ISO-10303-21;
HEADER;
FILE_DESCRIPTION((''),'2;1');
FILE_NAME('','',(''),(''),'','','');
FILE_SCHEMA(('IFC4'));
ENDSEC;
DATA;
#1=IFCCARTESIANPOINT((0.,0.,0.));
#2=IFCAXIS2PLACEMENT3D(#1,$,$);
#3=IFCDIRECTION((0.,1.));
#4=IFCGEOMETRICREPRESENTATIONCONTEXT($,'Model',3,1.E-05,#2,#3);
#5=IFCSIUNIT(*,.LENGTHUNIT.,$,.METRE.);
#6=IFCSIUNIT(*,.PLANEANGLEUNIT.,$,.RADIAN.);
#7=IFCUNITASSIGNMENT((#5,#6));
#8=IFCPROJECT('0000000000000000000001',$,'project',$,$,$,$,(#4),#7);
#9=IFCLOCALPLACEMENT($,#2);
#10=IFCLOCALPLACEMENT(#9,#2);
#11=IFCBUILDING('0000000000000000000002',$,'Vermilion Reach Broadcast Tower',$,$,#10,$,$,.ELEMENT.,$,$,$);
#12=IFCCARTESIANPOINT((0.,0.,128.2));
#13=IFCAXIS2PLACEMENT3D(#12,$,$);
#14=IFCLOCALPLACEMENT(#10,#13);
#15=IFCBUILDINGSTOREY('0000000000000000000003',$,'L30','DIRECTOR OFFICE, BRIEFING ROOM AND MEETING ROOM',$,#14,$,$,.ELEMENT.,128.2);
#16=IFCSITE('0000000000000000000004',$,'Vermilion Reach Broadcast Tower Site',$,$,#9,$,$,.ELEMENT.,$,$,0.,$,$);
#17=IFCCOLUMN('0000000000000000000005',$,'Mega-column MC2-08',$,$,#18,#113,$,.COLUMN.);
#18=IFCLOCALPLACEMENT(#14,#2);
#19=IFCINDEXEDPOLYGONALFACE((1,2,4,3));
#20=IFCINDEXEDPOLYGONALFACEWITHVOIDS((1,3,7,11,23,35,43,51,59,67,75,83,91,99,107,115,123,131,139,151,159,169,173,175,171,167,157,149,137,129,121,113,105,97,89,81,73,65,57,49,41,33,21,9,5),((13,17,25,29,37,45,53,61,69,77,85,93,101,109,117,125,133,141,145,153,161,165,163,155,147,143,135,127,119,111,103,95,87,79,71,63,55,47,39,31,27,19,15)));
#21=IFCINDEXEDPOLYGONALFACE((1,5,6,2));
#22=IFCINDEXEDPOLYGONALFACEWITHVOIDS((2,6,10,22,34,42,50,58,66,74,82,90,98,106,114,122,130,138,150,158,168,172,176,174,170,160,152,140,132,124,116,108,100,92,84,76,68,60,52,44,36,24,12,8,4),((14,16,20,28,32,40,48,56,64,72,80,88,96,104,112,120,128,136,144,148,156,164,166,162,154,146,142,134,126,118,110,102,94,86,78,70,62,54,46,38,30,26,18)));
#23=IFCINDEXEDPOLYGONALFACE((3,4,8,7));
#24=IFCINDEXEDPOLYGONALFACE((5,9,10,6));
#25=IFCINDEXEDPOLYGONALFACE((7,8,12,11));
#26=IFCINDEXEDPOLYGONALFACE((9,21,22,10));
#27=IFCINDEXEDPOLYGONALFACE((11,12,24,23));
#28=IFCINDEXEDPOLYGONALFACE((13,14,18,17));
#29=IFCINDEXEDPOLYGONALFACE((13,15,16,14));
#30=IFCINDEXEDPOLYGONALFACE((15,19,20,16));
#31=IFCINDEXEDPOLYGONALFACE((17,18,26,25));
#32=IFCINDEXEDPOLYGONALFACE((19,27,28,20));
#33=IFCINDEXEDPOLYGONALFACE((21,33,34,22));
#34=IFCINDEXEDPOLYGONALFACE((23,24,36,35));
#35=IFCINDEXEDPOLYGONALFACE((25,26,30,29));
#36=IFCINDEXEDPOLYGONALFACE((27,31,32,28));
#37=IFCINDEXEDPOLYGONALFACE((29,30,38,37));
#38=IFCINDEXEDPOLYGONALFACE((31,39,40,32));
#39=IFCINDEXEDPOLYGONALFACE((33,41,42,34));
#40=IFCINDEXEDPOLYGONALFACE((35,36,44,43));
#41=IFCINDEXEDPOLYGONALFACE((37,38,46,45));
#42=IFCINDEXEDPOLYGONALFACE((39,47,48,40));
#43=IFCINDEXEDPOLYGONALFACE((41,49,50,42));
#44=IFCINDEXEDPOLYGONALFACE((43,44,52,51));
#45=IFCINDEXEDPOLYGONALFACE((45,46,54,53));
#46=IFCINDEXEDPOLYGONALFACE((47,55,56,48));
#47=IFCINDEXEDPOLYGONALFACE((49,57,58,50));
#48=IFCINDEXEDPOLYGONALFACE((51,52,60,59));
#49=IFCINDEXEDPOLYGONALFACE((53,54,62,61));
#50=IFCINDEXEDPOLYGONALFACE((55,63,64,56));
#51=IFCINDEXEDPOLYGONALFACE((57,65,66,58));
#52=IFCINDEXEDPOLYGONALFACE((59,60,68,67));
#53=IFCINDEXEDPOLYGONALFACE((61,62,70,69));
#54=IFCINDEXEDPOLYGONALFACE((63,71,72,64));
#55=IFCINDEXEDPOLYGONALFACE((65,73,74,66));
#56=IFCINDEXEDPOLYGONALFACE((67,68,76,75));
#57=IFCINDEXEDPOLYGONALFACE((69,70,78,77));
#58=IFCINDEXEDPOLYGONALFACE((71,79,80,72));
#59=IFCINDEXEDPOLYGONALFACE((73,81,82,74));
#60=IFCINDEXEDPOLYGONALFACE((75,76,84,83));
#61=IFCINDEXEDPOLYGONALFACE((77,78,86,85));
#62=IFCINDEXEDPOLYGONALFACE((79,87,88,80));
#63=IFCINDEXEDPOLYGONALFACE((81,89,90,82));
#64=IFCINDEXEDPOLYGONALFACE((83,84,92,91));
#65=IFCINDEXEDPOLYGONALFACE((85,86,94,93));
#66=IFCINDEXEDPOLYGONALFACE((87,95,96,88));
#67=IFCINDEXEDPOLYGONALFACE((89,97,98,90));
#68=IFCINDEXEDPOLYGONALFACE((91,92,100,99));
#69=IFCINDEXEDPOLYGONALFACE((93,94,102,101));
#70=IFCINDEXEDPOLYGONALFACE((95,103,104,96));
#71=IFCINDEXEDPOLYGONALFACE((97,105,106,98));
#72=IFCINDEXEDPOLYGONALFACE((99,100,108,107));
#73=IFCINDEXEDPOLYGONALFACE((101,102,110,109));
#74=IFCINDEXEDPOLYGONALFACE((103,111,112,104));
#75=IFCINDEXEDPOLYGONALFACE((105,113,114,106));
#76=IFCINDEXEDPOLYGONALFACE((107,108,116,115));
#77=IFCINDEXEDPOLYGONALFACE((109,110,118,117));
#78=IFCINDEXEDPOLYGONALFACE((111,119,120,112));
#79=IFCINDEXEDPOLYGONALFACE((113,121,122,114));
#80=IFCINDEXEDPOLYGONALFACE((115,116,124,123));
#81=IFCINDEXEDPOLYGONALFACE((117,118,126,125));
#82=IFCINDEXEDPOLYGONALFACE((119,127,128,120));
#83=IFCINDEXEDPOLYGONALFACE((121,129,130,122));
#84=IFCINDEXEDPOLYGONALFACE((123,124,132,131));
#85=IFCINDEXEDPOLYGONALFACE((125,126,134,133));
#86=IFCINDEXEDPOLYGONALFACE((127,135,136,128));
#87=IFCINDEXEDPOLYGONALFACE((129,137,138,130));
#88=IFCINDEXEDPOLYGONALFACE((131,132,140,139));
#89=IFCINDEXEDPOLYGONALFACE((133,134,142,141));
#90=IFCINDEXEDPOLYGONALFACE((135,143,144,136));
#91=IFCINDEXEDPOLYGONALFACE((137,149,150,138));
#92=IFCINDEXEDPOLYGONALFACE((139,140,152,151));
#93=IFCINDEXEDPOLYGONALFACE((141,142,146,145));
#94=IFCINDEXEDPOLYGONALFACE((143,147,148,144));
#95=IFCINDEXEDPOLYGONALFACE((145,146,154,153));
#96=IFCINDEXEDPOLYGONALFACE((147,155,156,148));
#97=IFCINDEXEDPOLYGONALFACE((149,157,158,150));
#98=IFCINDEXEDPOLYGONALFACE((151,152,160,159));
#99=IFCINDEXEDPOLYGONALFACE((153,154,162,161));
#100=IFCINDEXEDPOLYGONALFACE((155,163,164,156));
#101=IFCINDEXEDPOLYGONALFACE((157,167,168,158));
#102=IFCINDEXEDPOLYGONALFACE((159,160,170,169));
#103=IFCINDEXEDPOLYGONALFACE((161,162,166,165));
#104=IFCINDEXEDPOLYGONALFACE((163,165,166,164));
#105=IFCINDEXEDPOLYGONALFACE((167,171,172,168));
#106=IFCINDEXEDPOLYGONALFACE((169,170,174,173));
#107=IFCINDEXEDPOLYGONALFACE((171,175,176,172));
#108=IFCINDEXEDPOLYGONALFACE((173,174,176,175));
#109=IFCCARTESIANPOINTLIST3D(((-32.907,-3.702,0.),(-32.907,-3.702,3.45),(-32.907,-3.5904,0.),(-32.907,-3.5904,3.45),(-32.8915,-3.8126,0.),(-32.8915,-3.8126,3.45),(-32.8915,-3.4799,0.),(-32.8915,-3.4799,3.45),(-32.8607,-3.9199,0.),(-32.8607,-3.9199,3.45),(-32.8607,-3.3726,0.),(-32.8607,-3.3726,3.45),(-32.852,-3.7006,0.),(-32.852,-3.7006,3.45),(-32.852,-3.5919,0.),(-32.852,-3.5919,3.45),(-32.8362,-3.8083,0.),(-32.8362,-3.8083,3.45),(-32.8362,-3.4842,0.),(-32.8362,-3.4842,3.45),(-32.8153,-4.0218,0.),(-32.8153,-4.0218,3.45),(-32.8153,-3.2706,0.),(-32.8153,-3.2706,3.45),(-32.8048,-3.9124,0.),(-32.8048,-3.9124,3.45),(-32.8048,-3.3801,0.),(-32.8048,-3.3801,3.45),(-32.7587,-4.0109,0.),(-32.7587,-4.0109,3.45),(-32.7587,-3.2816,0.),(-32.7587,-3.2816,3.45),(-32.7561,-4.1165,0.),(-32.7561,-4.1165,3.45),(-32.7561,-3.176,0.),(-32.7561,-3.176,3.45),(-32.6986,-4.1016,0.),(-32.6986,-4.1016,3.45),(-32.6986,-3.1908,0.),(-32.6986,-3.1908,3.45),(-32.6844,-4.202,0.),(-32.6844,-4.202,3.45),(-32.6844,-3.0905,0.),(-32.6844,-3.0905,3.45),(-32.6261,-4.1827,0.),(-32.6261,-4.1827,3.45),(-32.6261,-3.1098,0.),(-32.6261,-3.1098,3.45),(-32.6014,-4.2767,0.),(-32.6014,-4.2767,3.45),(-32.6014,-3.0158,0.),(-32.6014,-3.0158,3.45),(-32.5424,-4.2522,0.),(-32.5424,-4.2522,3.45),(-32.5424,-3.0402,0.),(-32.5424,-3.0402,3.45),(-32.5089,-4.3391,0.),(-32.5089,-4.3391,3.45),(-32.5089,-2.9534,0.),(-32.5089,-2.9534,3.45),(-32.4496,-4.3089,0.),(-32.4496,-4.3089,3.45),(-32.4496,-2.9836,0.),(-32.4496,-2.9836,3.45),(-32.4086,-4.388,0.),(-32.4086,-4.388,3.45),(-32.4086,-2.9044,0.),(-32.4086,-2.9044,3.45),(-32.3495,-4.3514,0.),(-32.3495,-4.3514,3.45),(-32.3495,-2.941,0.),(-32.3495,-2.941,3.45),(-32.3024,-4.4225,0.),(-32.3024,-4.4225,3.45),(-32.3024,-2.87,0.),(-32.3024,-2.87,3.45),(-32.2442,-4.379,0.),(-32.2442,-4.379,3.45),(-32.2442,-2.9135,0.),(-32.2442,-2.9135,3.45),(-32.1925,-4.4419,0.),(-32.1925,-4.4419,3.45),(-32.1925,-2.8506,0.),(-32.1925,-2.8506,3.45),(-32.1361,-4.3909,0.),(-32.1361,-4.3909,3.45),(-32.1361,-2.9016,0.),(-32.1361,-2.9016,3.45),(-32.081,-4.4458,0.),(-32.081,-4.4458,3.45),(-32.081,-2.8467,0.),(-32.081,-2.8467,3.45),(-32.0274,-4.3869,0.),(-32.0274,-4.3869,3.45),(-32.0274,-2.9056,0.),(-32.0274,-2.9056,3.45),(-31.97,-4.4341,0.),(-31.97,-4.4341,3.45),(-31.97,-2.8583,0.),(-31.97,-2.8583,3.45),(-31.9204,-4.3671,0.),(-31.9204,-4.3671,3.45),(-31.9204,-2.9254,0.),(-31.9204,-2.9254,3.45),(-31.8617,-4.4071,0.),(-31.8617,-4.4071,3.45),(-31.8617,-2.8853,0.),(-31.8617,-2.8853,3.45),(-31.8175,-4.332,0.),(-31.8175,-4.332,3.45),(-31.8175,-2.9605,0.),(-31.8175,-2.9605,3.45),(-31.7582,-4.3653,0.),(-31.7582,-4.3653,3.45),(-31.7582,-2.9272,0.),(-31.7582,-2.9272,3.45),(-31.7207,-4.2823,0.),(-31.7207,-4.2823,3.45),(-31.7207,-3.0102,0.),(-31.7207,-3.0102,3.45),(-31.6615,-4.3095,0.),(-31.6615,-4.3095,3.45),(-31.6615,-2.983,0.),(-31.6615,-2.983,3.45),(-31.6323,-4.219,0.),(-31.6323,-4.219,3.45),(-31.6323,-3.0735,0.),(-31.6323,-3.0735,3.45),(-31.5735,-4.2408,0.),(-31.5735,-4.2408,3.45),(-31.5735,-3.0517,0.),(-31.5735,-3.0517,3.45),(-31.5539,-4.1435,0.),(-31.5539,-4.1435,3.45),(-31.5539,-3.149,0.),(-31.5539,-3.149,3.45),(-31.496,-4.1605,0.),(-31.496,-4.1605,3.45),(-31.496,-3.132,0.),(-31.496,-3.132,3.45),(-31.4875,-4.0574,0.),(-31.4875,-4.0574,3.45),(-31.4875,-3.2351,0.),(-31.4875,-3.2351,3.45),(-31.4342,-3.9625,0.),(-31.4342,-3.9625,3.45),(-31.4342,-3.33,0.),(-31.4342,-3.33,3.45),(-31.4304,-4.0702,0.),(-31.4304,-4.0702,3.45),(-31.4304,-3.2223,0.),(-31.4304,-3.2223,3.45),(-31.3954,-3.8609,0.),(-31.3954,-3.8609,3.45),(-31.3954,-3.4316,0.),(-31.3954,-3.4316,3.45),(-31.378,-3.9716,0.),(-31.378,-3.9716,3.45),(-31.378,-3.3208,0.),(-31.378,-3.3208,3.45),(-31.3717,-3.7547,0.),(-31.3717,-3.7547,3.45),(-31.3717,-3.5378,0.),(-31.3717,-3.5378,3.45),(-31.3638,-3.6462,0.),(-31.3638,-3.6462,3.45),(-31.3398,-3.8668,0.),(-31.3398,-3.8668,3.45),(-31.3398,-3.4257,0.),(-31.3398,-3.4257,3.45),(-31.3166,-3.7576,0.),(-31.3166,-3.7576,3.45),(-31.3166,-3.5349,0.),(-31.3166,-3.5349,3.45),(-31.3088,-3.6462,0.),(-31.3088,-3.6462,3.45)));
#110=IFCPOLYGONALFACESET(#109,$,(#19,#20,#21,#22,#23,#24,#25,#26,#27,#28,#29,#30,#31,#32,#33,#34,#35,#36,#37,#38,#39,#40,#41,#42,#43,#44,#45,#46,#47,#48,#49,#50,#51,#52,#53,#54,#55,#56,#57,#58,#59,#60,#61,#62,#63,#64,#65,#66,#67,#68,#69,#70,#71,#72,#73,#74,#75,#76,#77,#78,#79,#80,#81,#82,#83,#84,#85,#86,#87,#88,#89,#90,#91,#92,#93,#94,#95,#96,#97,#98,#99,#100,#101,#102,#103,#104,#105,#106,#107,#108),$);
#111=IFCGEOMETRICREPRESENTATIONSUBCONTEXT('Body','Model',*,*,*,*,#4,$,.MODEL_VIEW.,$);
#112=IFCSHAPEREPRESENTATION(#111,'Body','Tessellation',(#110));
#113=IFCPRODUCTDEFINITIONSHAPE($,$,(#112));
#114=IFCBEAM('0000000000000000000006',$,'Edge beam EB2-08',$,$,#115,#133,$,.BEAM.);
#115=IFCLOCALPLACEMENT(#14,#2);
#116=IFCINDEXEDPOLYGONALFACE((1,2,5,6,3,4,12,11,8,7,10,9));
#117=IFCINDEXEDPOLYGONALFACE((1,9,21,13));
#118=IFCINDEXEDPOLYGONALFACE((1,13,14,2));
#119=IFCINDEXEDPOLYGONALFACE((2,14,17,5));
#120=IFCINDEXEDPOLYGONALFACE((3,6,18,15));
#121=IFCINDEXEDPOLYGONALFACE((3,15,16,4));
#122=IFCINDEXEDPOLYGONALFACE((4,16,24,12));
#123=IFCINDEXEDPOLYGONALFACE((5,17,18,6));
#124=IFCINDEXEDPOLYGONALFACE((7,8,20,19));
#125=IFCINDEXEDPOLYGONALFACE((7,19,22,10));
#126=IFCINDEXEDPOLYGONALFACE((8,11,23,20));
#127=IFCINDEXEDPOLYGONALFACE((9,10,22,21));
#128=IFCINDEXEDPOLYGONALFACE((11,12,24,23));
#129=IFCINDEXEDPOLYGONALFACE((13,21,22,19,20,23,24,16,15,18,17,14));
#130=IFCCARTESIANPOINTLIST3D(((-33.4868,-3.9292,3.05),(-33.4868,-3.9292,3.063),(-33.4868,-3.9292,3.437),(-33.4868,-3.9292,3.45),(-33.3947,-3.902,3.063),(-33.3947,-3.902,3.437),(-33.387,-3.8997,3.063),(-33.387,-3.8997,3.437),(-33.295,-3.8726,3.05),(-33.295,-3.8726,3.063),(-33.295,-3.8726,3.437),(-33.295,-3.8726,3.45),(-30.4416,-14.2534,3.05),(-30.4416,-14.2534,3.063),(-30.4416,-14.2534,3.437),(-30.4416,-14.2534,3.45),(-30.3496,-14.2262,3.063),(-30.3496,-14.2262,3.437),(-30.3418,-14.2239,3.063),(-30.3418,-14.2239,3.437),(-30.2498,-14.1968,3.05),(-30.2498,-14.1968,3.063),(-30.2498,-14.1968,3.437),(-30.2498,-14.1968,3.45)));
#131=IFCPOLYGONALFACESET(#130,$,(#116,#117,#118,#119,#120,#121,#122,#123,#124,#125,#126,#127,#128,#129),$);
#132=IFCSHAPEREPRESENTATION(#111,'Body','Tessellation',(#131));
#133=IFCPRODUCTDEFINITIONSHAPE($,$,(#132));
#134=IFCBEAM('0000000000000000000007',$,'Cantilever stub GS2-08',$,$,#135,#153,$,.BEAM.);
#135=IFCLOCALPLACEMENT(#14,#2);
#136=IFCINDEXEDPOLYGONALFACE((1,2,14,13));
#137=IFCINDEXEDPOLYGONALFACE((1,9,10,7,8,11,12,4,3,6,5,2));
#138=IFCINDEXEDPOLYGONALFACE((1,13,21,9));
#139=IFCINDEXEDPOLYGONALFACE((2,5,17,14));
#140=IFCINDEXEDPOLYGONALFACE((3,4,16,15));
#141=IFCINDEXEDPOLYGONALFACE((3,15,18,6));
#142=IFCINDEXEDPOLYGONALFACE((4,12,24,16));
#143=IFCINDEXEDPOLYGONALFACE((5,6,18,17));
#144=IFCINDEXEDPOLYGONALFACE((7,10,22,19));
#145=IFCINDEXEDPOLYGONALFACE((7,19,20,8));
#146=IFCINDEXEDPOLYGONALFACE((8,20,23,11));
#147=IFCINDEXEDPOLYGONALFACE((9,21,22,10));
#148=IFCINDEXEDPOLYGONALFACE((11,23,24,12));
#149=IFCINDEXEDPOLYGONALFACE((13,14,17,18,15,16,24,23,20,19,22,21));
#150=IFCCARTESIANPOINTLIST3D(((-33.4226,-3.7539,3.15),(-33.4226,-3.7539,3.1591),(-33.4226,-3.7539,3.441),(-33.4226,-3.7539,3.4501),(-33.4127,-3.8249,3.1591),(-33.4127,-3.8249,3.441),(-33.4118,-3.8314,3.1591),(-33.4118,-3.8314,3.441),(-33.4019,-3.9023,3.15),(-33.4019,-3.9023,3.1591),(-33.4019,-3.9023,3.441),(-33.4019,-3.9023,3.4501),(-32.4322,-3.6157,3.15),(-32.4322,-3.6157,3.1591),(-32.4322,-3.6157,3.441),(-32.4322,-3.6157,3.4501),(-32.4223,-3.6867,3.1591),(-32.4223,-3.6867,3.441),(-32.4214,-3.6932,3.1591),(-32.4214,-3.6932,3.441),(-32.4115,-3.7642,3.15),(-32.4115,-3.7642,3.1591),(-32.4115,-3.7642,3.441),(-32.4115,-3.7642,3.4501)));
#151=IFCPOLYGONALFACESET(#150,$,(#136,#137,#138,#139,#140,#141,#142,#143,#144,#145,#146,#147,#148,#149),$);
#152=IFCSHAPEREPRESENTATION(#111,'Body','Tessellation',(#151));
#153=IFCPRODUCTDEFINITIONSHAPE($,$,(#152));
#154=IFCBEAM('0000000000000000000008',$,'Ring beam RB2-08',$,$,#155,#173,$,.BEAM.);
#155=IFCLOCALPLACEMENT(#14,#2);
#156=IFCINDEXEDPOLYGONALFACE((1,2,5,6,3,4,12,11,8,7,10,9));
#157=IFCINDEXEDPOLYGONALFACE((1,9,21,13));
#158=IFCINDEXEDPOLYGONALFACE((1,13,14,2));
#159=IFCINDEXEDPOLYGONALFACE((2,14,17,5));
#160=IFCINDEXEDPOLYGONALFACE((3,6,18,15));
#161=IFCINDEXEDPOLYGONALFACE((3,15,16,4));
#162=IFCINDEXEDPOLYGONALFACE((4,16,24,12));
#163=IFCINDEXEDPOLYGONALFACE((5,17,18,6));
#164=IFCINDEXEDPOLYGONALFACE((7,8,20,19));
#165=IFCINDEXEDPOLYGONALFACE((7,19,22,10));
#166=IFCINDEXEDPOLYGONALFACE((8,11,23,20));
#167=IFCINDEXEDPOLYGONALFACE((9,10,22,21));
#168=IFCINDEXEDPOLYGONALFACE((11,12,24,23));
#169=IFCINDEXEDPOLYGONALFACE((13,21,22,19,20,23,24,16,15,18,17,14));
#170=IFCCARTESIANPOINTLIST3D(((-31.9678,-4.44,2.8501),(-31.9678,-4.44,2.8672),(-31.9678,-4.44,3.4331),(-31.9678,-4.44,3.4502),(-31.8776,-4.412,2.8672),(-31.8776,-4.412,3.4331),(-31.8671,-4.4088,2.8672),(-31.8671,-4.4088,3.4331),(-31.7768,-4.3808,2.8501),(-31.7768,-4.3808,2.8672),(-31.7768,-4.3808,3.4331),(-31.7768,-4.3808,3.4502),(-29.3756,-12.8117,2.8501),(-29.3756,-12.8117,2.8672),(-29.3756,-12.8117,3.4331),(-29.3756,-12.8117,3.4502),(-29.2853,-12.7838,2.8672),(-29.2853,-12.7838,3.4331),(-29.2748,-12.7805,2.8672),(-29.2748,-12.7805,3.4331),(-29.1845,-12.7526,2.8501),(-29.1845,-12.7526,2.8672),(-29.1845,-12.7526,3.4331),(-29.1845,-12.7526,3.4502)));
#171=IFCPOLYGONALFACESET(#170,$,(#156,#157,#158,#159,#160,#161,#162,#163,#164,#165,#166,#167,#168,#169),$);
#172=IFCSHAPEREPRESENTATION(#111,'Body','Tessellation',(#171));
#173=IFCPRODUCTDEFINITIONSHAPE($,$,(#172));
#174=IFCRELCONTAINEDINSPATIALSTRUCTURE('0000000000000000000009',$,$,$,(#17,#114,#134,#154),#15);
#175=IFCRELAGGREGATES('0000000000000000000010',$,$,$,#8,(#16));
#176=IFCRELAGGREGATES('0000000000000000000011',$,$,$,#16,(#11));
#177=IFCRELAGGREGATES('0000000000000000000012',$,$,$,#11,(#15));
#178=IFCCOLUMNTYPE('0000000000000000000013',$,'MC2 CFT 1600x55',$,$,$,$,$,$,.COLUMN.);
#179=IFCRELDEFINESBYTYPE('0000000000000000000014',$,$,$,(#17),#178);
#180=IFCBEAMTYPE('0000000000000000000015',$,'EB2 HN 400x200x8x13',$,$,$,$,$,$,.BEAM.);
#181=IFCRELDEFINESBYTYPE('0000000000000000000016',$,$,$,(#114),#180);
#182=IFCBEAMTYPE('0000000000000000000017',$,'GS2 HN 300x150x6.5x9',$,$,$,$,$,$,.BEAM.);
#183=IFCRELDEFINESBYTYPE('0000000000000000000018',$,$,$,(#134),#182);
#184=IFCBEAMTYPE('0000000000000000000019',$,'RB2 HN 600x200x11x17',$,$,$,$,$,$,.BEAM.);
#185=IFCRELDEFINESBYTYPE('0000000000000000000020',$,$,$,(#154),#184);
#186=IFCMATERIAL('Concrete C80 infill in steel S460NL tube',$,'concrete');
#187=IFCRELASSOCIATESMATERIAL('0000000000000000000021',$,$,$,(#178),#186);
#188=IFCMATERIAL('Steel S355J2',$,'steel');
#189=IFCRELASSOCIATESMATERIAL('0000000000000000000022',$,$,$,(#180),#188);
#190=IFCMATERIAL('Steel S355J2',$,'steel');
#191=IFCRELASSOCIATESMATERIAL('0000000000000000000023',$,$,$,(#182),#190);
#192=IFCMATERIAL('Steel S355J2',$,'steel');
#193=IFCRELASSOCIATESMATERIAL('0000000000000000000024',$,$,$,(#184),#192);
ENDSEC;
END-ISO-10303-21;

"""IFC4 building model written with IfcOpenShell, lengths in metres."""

from ifc_helpers import new_model, si_unit, direction, frame, origin, origin_2d, place, context, subcontext, project, spatial, hollow_circle, i_section, extrude, material, material_profile, profile_set, type_object, element, save


model = new_model("IFC4")

# Units and contexts
model_context = context("Model", 3, precision=1e-05, world=origin(), true_north=direction((0.0, 1.0)))
body_context = subcontext(model_context, "Body", "Model", "MODEL_VIEW")
ifc_project = project(units=[si_unit("LENGTHUNIT", "METRE"), si_unit("PLANEANGLEUNIT", "RADIAN")], contexts=[model_context])

# Site, building, storey
site_placement = place(None, origin())
site = spatial("IfcSite", under=ifc_project, at=site_placement, Name="Vermilion Reach Broadcast Tower Site", CompositionType="ELEMENT", RefElevation=0.0)
building_placement = place(site_placement, origin())
building = spatial("IfcBuilding", under=site, at=building_placement, Name="Vermilion Reach Broadcast Tower", CompositionType="ELEMENT")
storey_placement = place(building_placement, frame((0.0, 0.0, 128.2)))
storey = spatial("IfcBuildingStorey", under=building, at=storey_placement, Name="L30", Description="DIRECTOR OFFICE, BRIEFING ROOM AND MEETING ROOM", CompositionType="ELEMENT", Elevation=128.2)

# Column
ifc_material_1 = material(Name="Concrete C80 infill in steel S460NL tube", Category="concrete")
ifc_material_profile_1 = material_profile(ifc_material_1, hollow_circle(Radius=0.8, WallThickness=0.0549, at=origin_2d()), Name="Concrete C80 infill in steel S460NL tube CFT 1600x55")
ifc_profile_set_1 = profile_set([ifc_material_profile_1], Name="Concrete C80 infill in steel S460NL tube")
column_type = type_object("IfcColumnType", Name="MC2 CFT 1600x55", PredefinedType="COLUMN", material=ifc_profile_set_1)
column_placement = place(storey_placement, frame((-32.1089, -3.6462, 0.0), z_axis=(0.0, 0.0, 1.0), x_axis=(1.0, 0.0, 0.0)))
element("IfcColumn", 1, at=column_placement, inside=storey, type_object=column_type, Name="Mega-column MC2-08", PredefinedType="COLUMN", context=body_context, shape_type="SweptSolid", body=[
    extrude(hollow_circle(Radius=0.8, WallThickness=0.0549, at=origin_2d()), origin(), (0.0, 0.0, 1.0), 3.45),
])

# Beams
ifc_material_2 = material(Name="Steel S355J2", Category="steel")
ifc_material_profile_2 = material_profile(ifc_material_2, i_section(OverallWidth=0.2, OverallDepth=0.3999, WebThickness=0.0081, FlangeThickness=0.0129, at=origin_2d()), Name="S355J2 HN 400x200x8x13")
ifc_profile_set_2 = profile_set([ifc_material_profile_2], Name="Steel S355J2")
beam_type_1 = type_object("IfcBeamType", Name="EB2 HN 400x200x8x13", PredefinedType="BEAM", material=ifc_profile_set_2)
beam_1_placement = place(storey_placement, frame((-33.3909, -3.9009, 3.25), z_axis=(0.282904, -0.959148, 0.0), x_axis=(0.959148, 0.282904, 0.0)))
element("IfcBeam", 2, at=beam_1_placement, inside=storey, type_object=beam_type_1, Name="Edge beam EB2-08", PredefinedType="BEAM", context=body_context, shape_type="SweptSolid", body=[
    extrude(i_section(OverallWidth=0.2, OverallDepth=0.3999, WebThickness=0.0081, FlangeThickness=0.0129, at=origin_2d()), origin(), (0.0, 0.0, 1.0), 10.7639),
])
ifc_material_3 = material(Name="Steel S355J2", Category="steel")
ifc_material_profile_3 = material_profile(ifc_material_3, i_section(OverallWidth=0.1499, OverallDepth=0.3, WebThickness=0.0066, FlangeThickness=0.009, at=origin_2d()), Name="S355J2 HN 300x150x6.5x9")
ifc_profile_set_3 = profile_set([ifc_material_profile_3], Name="Steel S355J2")
beam_type_2 = type_object("IfcBeamType", Name="GS2 HN 300x150x6.5x9", PredefinedType="BEAM", material=ifc_profile_set_3)
beam_2_placement = place(storey_placement, frame((-32.4219, -3.6899, 3.3), z_axis=(-0.990408, -0.138174, 0.0), x_axis=(0.138174, -0.990408, 0.0)))
element("IfcBeam", 3, at=beam_2_placement, inside=storey, type_object=beam_type_2, Name="Cantilever stub GS2-08", PredefinedType="BEAM", context=body_context, shape_type="SweptSolid", body=[
    extrude(i_section(OverallWidth=0.1499, OverallDepth=0.3, WebThickness=0.0066, FlangeThickness=0.009, at=origin_2d()), origin(), (0.0, 0.0, 1.0), 1.0),
])
ifc_material_4 = material(Name="Steel S355J2", Category="steel")
ifc_material_profile_4 = material_profile(ifc_material_4, i_section(OverallWidth=0.2, OverallDepth=0.6001, WebThickness=0.011, FlangeThickness=0.0171, at=origin_2d()), Name="S355J2 HN 600x200x11x17")
ifc_profile_set_4 = profile_set([ifc_material_profile_4], Name="Steel S355J2")
beam_type_3 = type_object("IfcBeamType", Name="RB2 HN 600x200x11x17", PredefinedType="BEAM", material=ifc_profile_set_4)
beam_3_placement = place(storey_placement, frame((-31.8723, -4.4104, 3.1501), z_axis=(0.295788, -0.955253, 0.0), x_axis=(0.955253, 0.295788, 0.0)))
element("IfcBeam", 4, at=beam_3_placement, inside=storey, type_object=beam_type_3, Name="Ring beam RB2-08", PredefinedType="BEAM", context=body_context, shape_type="SweptSolid", body=[
    extrude(i_section(OverallWidth=0.2, OverallDepth=0.6001, WebThickness=0.011, FlangeThickness=0.0171, at=origin_2d()), origin(), (0.0, 0.0, 1.0), 8.7639),
])

save(model, "model.ifc")
